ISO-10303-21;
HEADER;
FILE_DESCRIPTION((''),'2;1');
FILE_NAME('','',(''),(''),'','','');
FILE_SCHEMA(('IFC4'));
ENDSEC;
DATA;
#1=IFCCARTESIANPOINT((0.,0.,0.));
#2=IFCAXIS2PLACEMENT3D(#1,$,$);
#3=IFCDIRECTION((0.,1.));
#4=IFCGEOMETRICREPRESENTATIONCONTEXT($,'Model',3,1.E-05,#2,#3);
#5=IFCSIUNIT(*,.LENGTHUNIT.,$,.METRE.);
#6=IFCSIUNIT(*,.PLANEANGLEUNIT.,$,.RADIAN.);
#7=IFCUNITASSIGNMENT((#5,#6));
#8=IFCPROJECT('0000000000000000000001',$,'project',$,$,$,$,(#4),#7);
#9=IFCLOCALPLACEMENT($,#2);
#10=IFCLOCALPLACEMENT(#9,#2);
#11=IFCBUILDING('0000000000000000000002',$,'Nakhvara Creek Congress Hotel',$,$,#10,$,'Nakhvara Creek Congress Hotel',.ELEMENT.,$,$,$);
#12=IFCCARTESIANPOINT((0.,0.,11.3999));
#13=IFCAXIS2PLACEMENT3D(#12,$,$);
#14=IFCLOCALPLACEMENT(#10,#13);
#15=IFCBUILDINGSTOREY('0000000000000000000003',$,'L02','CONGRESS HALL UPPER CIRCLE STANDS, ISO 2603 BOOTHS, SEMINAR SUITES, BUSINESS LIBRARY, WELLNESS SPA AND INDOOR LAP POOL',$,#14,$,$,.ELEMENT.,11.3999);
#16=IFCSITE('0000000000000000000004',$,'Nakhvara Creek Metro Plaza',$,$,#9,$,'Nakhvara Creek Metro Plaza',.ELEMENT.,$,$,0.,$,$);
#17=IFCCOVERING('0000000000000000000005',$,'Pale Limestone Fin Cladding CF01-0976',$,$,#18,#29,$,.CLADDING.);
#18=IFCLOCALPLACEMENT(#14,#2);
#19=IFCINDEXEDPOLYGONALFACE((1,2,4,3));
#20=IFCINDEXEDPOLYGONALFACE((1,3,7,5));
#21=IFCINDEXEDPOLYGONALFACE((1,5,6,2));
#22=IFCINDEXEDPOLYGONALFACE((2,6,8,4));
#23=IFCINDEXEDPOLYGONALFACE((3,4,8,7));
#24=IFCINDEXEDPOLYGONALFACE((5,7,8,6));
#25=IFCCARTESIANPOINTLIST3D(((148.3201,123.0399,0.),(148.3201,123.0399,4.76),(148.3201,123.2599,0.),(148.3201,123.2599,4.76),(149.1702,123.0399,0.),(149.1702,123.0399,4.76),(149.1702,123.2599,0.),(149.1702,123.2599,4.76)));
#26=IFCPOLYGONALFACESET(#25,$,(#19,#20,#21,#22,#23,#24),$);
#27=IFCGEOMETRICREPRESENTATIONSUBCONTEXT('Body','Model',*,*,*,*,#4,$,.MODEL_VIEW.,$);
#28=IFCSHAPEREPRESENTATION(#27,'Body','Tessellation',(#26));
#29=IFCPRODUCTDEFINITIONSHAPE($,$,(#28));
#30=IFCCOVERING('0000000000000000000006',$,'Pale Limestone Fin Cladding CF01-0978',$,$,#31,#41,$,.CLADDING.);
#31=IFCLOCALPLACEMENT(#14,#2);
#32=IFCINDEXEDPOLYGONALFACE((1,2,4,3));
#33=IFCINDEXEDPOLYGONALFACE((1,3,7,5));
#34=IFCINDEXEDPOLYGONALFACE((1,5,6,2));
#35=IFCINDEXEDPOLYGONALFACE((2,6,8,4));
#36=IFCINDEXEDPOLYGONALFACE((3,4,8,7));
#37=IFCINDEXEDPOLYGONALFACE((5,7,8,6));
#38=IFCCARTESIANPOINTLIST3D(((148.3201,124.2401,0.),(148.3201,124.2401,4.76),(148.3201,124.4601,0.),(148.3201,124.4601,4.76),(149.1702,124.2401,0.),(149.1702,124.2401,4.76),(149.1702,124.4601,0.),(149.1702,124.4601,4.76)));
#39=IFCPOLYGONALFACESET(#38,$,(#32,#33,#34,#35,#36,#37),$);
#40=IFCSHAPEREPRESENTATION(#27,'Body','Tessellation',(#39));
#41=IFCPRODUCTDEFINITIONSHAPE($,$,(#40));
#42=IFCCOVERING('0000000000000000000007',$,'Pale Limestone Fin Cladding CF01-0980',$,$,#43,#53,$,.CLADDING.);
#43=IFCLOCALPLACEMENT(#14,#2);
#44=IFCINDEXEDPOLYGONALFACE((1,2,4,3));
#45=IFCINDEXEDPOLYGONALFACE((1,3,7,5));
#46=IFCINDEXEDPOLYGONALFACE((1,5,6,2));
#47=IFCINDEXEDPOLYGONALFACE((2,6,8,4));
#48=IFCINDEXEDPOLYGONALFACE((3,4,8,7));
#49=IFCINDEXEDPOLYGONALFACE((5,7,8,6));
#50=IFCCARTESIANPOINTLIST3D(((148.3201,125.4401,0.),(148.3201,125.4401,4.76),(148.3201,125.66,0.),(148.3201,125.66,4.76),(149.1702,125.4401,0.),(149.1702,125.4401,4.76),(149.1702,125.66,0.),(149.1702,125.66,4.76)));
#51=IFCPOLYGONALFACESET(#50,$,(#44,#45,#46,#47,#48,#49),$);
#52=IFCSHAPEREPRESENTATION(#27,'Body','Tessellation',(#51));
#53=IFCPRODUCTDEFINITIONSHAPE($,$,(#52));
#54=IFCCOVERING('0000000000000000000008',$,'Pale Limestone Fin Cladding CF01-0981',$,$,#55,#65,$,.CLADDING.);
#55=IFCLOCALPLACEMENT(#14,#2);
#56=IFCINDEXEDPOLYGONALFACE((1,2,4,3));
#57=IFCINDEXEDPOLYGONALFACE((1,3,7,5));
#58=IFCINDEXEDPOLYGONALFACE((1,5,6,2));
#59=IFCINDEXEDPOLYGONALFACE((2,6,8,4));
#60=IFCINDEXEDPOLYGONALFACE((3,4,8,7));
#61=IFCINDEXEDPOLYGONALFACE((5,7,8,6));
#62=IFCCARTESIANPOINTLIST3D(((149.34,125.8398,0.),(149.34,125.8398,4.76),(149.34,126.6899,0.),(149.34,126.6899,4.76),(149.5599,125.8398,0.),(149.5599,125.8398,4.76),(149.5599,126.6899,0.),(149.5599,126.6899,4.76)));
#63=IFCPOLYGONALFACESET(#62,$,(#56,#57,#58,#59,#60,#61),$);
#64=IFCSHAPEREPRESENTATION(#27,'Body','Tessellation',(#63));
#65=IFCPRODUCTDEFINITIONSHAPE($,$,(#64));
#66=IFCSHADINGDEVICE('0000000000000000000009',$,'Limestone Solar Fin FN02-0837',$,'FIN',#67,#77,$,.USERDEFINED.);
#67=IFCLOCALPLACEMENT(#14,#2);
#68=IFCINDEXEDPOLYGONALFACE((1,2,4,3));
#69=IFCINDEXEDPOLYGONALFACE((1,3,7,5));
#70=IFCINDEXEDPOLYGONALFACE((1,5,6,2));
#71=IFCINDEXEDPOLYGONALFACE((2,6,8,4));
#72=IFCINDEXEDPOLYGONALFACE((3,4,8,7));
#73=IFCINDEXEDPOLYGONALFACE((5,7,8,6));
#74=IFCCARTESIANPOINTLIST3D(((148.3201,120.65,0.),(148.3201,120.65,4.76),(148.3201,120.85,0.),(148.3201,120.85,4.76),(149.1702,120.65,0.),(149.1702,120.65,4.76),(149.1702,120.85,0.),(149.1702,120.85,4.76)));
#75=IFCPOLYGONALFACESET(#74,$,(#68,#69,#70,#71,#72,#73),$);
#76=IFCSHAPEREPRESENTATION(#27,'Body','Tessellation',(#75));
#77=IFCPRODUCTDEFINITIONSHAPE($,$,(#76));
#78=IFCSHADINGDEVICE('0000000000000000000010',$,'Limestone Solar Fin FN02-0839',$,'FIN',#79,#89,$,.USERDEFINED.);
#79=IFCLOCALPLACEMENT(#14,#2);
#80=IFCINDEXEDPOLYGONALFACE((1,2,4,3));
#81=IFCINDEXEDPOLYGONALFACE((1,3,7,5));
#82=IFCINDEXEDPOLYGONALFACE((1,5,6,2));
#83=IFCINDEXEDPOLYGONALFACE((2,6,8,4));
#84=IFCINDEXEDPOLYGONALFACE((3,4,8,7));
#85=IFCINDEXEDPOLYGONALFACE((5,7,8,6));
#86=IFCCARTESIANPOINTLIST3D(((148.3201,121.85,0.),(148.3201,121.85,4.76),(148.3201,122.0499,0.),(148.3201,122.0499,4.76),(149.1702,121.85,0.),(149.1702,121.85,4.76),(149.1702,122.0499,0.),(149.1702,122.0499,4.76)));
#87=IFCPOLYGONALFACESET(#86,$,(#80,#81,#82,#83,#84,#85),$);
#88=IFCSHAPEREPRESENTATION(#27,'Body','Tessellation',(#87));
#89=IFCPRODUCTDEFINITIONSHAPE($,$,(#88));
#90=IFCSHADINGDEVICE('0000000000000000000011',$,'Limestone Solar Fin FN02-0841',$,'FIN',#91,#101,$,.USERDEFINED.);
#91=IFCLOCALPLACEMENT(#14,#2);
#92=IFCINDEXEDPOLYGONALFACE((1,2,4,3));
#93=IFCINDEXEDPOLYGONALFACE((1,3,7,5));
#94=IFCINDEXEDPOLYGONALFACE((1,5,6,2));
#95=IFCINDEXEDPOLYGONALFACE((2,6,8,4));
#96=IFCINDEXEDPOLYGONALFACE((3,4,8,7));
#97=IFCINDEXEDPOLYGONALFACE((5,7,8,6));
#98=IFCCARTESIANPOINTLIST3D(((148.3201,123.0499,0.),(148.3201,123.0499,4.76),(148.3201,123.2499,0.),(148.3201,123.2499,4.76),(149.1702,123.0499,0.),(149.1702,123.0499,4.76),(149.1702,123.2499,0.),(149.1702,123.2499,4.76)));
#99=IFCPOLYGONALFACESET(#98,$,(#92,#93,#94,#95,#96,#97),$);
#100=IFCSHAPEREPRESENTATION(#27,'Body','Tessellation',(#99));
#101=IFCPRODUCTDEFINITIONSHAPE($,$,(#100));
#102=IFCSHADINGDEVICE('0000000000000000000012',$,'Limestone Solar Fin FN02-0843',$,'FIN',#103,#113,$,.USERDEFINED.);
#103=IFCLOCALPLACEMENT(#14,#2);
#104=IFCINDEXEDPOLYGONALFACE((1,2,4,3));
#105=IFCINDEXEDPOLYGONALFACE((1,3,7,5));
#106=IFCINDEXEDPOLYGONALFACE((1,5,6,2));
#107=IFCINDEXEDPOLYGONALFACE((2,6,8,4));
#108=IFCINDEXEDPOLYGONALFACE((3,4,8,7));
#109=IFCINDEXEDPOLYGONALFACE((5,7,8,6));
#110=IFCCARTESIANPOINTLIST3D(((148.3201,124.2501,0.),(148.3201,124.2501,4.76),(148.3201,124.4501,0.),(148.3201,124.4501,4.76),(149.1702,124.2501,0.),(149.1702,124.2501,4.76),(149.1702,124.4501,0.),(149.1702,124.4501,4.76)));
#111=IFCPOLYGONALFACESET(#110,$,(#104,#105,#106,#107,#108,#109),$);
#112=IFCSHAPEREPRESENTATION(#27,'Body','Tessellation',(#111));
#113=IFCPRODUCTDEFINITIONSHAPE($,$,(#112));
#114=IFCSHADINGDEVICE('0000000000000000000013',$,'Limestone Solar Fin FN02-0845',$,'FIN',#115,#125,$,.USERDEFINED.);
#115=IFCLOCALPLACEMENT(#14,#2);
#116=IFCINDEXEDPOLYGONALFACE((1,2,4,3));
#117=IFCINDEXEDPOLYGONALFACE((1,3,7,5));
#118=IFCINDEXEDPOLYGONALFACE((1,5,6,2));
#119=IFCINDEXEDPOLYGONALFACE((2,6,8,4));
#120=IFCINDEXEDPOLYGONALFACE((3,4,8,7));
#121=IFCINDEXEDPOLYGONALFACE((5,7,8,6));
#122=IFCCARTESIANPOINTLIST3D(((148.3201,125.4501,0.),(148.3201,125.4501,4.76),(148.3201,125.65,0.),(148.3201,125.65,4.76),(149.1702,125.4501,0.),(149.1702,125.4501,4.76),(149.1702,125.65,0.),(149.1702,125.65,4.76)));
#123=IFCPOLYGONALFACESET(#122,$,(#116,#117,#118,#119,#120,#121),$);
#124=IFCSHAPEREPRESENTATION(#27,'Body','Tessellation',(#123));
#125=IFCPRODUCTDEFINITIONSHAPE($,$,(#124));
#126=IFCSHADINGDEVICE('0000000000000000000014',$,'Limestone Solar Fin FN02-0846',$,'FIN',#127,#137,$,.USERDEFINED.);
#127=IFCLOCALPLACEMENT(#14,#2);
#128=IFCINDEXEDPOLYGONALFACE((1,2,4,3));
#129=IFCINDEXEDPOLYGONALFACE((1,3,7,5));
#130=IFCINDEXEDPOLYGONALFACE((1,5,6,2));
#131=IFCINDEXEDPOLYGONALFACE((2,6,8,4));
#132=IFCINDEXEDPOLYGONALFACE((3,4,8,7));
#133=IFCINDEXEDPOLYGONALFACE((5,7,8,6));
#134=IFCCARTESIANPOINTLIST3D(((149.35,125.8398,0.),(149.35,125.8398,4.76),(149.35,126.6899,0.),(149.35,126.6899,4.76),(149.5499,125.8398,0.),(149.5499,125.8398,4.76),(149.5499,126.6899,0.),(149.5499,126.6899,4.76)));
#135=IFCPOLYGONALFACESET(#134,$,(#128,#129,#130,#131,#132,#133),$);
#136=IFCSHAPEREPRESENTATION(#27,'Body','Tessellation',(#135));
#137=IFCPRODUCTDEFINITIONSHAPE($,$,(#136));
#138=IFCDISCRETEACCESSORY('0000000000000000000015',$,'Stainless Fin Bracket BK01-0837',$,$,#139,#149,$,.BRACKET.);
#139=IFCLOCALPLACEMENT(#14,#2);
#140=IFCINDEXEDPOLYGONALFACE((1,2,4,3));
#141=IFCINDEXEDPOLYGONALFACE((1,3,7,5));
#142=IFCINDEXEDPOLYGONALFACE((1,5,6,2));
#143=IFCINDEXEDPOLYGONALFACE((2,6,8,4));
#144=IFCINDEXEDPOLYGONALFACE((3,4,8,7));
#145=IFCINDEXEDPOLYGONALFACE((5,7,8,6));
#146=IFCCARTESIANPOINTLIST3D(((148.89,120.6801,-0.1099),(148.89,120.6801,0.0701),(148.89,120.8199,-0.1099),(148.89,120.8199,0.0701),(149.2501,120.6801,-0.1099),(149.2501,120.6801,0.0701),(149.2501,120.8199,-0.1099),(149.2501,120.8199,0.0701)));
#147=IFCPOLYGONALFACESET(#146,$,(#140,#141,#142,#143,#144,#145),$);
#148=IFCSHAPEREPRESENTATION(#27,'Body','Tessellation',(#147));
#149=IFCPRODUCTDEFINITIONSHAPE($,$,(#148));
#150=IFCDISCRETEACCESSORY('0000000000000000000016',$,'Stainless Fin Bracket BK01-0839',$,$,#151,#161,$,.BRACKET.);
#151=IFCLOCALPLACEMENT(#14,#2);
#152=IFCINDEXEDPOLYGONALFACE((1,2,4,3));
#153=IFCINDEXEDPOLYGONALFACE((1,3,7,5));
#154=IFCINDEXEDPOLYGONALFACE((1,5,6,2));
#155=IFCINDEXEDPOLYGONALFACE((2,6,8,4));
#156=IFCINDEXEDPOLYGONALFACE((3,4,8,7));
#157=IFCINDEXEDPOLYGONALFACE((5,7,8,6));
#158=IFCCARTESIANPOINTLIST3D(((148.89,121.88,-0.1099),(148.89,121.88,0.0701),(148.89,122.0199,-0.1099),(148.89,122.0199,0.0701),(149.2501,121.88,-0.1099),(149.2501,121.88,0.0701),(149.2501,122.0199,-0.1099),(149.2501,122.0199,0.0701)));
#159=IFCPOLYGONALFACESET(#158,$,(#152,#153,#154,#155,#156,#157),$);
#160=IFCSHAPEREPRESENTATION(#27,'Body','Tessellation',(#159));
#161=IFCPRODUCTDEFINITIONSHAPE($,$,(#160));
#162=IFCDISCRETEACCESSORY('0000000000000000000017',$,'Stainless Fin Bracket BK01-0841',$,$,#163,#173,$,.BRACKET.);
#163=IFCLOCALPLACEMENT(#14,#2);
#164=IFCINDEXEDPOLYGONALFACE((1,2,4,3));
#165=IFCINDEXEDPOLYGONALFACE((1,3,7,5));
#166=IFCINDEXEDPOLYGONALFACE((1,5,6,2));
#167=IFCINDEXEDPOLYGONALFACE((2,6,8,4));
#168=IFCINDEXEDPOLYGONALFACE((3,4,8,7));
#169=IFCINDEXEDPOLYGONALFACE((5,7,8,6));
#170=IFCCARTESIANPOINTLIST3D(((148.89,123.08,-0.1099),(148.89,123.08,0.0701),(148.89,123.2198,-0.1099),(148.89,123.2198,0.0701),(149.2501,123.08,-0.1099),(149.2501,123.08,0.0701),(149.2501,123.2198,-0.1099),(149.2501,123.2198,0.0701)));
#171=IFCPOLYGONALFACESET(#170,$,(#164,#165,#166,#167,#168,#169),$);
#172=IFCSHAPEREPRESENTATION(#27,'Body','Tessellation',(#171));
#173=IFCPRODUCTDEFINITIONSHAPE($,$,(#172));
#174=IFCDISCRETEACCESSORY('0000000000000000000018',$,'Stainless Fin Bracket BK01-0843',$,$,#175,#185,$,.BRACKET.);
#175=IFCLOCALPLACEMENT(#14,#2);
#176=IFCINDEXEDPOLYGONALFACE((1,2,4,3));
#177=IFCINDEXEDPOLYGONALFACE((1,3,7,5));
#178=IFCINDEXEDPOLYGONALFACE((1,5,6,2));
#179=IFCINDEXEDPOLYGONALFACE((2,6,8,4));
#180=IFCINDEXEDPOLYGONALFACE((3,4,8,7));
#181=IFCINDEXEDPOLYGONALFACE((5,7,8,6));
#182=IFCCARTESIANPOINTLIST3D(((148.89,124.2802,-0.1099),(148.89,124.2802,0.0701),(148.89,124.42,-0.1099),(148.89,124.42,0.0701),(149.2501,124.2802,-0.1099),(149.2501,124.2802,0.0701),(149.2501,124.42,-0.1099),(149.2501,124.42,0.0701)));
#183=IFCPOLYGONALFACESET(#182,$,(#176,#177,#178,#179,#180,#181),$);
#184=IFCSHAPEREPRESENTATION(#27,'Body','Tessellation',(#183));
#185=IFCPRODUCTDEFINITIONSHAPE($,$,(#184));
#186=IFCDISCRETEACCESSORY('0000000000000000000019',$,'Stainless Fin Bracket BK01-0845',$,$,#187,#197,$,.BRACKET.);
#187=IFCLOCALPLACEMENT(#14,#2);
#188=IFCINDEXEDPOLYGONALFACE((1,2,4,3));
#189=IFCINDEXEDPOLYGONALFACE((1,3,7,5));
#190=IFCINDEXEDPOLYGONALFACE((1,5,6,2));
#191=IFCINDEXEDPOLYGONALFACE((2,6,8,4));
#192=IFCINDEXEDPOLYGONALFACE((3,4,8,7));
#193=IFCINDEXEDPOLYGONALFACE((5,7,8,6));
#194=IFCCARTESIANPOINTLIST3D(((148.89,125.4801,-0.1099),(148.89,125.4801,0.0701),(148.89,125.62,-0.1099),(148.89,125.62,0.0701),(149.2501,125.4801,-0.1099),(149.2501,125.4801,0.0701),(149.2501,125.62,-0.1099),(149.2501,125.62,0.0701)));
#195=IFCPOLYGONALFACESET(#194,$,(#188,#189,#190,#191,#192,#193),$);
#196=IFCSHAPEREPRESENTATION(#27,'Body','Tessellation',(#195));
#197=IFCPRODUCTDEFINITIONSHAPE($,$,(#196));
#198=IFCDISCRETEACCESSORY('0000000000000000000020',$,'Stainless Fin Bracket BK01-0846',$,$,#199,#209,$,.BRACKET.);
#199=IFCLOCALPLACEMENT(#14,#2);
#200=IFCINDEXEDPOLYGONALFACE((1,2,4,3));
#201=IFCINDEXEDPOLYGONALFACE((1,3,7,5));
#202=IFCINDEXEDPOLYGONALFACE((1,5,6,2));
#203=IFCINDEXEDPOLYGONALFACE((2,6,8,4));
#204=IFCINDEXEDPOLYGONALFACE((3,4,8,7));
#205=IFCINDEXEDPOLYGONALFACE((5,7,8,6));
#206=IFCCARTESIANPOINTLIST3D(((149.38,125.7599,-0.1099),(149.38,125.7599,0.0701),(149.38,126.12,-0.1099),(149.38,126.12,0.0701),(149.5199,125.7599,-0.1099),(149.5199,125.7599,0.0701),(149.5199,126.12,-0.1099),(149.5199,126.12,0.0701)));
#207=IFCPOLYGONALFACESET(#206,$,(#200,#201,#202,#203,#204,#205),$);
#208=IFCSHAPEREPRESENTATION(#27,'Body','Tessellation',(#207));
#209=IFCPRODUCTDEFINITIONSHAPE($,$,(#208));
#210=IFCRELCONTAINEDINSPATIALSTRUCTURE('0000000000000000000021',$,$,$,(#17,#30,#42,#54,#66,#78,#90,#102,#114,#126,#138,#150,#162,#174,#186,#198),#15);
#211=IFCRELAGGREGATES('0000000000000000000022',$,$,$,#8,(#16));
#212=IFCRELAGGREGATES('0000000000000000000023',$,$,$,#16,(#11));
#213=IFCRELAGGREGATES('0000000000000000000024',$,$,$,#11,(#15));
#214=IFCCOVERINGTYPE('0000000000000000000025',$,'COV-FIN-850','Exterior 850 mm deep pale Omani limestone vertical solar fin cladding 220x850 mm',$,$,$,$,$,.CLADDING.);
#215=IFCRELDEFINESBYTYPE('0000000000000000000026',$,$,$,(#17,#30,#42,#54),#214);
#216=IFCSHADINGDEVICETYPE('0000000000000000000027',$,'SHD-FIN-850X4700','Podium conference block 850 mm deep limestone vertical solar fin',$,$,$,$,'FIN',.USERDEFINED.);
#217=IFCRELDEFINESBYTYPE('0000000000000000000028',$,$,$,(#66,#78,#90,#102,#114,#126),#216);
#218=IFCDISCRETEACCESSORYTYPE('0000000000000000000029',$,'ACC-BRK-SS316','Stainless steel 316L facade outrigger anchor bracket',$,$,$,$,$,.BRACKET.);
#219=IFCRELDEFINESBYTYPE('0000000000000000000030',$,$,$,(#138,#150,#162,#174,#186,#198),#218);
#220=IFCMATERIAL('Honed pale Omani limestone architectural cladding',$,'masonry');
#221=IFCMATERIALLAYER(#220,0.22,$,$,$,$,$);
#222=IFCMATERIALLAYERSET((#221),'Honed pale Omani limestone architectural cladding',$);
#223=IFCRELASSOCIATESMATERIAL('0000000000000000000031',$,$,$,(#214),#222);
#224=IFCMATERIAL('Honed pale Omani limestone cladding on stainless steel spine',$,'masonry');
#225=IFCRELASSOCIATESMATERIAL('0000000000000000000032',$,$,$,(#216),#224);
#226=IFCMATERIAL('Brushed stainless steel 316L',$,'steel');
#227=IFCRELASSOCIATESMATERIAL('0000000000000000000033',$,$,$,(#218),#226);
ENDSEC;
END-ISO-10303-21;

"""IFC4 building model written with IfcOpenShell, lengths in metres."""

from ifc_helpers import new_model, si_unit, direction, frame, origin, origin_2d, place, context, subcontext, project, spatial, rectangle, extrude, material, layer, layer_set, type_object, element, save


model = new_model("IFC4")

# Units and contexts
model_context = context("Model", 3, precision=1e-05, world=origin(), true_north=direction((0.0, 1.0)))
body_context = subcontext(model_context, "Body", "Model", "MODEL_VIEW")
ifc_project = project(units=[si_unit("LENGTHUNIT", "METRE"), si_unit("PLANEANGLEUNIT", "RADIAN")], contexts=[model_context])

# Site, building, storey
site_placement = place(None, origin())
site = spatial("IfcSite", under=ifc_project, at=site_placement, Name="Nakhvara Creek Metro Plaza", LongName="Nakhvara Creek Metro Plaza", CompositionType="ELEMENT", RefElevation=0.0)
building_placement = place(site_placement, origin())
building = spatial("IfcBuilding", under=site, at=building_placement, Name="Nakhvara Creek Congress Hotel", LongName="Nakhvara Creek Congress Hotel", CompositionType="ELEMENT")
storey_placement = place(building_placement, frame((0.0, 0.0, 11.3999)))
storey = spatial("IfcBuildingStorey", under=building, at=storey_placement, Name="L02", Description="CONGRESS HALL UPPER CIRCLE STANDS, ISO 2603 BOOTHS, SEMINAR SUITES, BUSINESS LIBRARY, WELLNESS SPA AND INDOOR LAP POOL", CompositionType="ELEMENT", Elevation=11.3999)

# Coverings
ifc_material_1 = material(Name="Honed pale Omani limestone architectural cladding", Category="masonry")
ifc_layer_1 = layer(ifc_material_1, 0.22)
ifc_layer_set_1 = layer_set([ifc_layer_1], Name="Honed pale Omani limestone architectural cladding")
covering_type = type_object("IfcCoveringType", Name="COV-FIN-850", Description="Exterior 850 mm deep pale Omani limestone vertical solar fin cladding 220x850 mm", PredefinedType="CLADDING", material=ifc_layer_set_1)
for number, where, z_axis, x_axis, name in (
    (1, (148.7451, 123.1499, 0.0), (0.0, 0.0, 1.0), (0.0, 1.0, 0.0), "Pale Limestone Fin Cladding CF01-0976"),
    (2, (148.7451, 124.3501, 0.0), (0.0, 0.0, 1.0), (0.0, 1.0, 0.0), "Pale Limestone Fin Cladding CF01-0978"),
    (3, (148.7451, 125.55, 0.0), (0.0, 0.0, 1.0), (0.0, 1.0, 0.0), "Pale Limestone Fin Cladding CF01-0980"),
    (4, (149.45, 126.2649, 0.0), (0.0, 0.0, 1.0), (1.0, 0.0, 0.0), "Pale Limestone Fin Cladding CF01-0981"),
):
    element("IfcCovering", number, at=place(storey_placement, frame(where, z_axis=z_axis, x_axis=x_axis)), inside=storey, type_object=covering_type, Name=name, PredefinedType="CLADDING", context=body_context, shape_type="SweptSolid", body=[
        extrude(rectangle(XDim=0.22, YDim=0.8501, at=origin_2d()), origin(), (0.0, 0.0, 1.0), 4.76),
    ])

# Shading devices
ifc_material_2 = material(Name="Honed pale Omani limestone cladding on stainless steel spine", Category="masonry")
shading_device_type = type_object("IfcShadingDeviceType", Name="SHD-FIN-850X4700", Description="Podium conference block 850 mm deep limestone vertical solar fin", ElementType="FIN", PredefinedType="USERDEFINED", material=ifc_material_2)
for number, where, z_axis, x_axis, name in (
    (5, (148.7451, 120.75, 0.0), (0.0, 0.0, 1.0), (0.0, 1.0, 0.0), "Limestone Solar Fin FN02-0837"),
    (6, (148.7451, 121.95, 0.0), (0.0, 0.0, 1.0), (0.0, 1.0, 0.0), "Limestone Solar Fin FN02-0839"),
    (7, (148.7451, 123.1499, 0.0), (0.0, 0.0, 1.0), (0.0, 1.0, 0.0), "Limestone Solar Fin FN02-0841"),
    (8, (148.7451, 124.3501, 0.0), (0.0, 0.0, 1.0), (0.0, 1.0, 0.0), "Limestone Solar Fin FN02-0843"),
    (9, (148.7451, 125.55, 0.0), (0.0, 0.0, 1.0), (0.0, 1.0, 0.0), "Limestone Solar Fin FN02-0845"),
    (10, (149.45, 126.2649, 0.0), (0.0, 0.0, 1.0), (1.0, 0.0, 0.0), "Limestone Solar Fin FN02-0846"),
):
    element("IfcShadingDevice", number, at=place(storey_placement, frame(where, z_axis=z_axis, x_axis=x_axis)), inside=storey, type_object=shading_device_type, Name=name, ObjectType="FIN", PredefinedType="USERDEFINED", context=body_context, shape_type="SweptSolid", body=[
        extrude(rectangle(XDim=0.2, YDim=0.8501, at=origin_2d()), origin(), (0.0, 0.0, 1.0), 4.76),
    ])

# Discrete accessories
ifc_material_3 = material(Name="Brushed stainless steel 316L", Category="steel")
discrete_accessory_type = type_object("IfcDiscreteAccessoryType", Name="ACC-BRK-SS316", Description="Stainless steel 316L facade outrigger anchor bracket", PredefinedType="BRACKET", material=ifc_material_3)
for number, where, z_axis, x_axis, name in (
    (11, (149.0701, 120.75, -0.1099), (0.0, 0.0, 1.0), (0.0, 1.0, 0.0), "Stainless Fin Bracket BK01-0837"),
    (12, (149.0701, 121.95, -0.1099), (0.0, 0.0, 1.0), (0.0, 1.0, 0.0), "Stainless Fin Bracket BK01-0839"),
    (13, (149.0701, 123.1499, -0.1099), (0.0, 0.0, 1.0), (0.0, 1.0, 0.0), "Stainless Fin Bracket BK01-0841"),
    (14, (149.0701, 124.3501, -0.1099), (0.0, 0.0, 1.0), (0.0, 1.0, 0.0), "Stainless Fin Bracket BK01-0843"),
    (15, (149.0701, 125.55, -0.1099), (0.0, 0.0, 1.0), (0.0, 1.0, 0.0), "Stainless Fin Bracket BK01-0845"),
    (16, (149.45, 125.9399, -0.1099), (0.0, 0.0, 1.0), (1.0, 0.0, 0.0), "Stainless Fin Bracket BK01-0846"),
):
    element("IfcDiscreteAccessory", number, at=place(storey_placement, frame(where, z_axis=z_axis, x_axis=x_axis)), inside=storey, type_object=discrete_accessory_type, Name=name, PredefinedType="BRACKET", context=body_context, shape_type="SweptSolid", body=[
        extrude(rectangle(XDim=0.1399, YDim=0.3601, at=origin_2d()), origin(), (0.0, 0.0, 1.0), 0.1799),
    ])

save(model, "model.ifc")
